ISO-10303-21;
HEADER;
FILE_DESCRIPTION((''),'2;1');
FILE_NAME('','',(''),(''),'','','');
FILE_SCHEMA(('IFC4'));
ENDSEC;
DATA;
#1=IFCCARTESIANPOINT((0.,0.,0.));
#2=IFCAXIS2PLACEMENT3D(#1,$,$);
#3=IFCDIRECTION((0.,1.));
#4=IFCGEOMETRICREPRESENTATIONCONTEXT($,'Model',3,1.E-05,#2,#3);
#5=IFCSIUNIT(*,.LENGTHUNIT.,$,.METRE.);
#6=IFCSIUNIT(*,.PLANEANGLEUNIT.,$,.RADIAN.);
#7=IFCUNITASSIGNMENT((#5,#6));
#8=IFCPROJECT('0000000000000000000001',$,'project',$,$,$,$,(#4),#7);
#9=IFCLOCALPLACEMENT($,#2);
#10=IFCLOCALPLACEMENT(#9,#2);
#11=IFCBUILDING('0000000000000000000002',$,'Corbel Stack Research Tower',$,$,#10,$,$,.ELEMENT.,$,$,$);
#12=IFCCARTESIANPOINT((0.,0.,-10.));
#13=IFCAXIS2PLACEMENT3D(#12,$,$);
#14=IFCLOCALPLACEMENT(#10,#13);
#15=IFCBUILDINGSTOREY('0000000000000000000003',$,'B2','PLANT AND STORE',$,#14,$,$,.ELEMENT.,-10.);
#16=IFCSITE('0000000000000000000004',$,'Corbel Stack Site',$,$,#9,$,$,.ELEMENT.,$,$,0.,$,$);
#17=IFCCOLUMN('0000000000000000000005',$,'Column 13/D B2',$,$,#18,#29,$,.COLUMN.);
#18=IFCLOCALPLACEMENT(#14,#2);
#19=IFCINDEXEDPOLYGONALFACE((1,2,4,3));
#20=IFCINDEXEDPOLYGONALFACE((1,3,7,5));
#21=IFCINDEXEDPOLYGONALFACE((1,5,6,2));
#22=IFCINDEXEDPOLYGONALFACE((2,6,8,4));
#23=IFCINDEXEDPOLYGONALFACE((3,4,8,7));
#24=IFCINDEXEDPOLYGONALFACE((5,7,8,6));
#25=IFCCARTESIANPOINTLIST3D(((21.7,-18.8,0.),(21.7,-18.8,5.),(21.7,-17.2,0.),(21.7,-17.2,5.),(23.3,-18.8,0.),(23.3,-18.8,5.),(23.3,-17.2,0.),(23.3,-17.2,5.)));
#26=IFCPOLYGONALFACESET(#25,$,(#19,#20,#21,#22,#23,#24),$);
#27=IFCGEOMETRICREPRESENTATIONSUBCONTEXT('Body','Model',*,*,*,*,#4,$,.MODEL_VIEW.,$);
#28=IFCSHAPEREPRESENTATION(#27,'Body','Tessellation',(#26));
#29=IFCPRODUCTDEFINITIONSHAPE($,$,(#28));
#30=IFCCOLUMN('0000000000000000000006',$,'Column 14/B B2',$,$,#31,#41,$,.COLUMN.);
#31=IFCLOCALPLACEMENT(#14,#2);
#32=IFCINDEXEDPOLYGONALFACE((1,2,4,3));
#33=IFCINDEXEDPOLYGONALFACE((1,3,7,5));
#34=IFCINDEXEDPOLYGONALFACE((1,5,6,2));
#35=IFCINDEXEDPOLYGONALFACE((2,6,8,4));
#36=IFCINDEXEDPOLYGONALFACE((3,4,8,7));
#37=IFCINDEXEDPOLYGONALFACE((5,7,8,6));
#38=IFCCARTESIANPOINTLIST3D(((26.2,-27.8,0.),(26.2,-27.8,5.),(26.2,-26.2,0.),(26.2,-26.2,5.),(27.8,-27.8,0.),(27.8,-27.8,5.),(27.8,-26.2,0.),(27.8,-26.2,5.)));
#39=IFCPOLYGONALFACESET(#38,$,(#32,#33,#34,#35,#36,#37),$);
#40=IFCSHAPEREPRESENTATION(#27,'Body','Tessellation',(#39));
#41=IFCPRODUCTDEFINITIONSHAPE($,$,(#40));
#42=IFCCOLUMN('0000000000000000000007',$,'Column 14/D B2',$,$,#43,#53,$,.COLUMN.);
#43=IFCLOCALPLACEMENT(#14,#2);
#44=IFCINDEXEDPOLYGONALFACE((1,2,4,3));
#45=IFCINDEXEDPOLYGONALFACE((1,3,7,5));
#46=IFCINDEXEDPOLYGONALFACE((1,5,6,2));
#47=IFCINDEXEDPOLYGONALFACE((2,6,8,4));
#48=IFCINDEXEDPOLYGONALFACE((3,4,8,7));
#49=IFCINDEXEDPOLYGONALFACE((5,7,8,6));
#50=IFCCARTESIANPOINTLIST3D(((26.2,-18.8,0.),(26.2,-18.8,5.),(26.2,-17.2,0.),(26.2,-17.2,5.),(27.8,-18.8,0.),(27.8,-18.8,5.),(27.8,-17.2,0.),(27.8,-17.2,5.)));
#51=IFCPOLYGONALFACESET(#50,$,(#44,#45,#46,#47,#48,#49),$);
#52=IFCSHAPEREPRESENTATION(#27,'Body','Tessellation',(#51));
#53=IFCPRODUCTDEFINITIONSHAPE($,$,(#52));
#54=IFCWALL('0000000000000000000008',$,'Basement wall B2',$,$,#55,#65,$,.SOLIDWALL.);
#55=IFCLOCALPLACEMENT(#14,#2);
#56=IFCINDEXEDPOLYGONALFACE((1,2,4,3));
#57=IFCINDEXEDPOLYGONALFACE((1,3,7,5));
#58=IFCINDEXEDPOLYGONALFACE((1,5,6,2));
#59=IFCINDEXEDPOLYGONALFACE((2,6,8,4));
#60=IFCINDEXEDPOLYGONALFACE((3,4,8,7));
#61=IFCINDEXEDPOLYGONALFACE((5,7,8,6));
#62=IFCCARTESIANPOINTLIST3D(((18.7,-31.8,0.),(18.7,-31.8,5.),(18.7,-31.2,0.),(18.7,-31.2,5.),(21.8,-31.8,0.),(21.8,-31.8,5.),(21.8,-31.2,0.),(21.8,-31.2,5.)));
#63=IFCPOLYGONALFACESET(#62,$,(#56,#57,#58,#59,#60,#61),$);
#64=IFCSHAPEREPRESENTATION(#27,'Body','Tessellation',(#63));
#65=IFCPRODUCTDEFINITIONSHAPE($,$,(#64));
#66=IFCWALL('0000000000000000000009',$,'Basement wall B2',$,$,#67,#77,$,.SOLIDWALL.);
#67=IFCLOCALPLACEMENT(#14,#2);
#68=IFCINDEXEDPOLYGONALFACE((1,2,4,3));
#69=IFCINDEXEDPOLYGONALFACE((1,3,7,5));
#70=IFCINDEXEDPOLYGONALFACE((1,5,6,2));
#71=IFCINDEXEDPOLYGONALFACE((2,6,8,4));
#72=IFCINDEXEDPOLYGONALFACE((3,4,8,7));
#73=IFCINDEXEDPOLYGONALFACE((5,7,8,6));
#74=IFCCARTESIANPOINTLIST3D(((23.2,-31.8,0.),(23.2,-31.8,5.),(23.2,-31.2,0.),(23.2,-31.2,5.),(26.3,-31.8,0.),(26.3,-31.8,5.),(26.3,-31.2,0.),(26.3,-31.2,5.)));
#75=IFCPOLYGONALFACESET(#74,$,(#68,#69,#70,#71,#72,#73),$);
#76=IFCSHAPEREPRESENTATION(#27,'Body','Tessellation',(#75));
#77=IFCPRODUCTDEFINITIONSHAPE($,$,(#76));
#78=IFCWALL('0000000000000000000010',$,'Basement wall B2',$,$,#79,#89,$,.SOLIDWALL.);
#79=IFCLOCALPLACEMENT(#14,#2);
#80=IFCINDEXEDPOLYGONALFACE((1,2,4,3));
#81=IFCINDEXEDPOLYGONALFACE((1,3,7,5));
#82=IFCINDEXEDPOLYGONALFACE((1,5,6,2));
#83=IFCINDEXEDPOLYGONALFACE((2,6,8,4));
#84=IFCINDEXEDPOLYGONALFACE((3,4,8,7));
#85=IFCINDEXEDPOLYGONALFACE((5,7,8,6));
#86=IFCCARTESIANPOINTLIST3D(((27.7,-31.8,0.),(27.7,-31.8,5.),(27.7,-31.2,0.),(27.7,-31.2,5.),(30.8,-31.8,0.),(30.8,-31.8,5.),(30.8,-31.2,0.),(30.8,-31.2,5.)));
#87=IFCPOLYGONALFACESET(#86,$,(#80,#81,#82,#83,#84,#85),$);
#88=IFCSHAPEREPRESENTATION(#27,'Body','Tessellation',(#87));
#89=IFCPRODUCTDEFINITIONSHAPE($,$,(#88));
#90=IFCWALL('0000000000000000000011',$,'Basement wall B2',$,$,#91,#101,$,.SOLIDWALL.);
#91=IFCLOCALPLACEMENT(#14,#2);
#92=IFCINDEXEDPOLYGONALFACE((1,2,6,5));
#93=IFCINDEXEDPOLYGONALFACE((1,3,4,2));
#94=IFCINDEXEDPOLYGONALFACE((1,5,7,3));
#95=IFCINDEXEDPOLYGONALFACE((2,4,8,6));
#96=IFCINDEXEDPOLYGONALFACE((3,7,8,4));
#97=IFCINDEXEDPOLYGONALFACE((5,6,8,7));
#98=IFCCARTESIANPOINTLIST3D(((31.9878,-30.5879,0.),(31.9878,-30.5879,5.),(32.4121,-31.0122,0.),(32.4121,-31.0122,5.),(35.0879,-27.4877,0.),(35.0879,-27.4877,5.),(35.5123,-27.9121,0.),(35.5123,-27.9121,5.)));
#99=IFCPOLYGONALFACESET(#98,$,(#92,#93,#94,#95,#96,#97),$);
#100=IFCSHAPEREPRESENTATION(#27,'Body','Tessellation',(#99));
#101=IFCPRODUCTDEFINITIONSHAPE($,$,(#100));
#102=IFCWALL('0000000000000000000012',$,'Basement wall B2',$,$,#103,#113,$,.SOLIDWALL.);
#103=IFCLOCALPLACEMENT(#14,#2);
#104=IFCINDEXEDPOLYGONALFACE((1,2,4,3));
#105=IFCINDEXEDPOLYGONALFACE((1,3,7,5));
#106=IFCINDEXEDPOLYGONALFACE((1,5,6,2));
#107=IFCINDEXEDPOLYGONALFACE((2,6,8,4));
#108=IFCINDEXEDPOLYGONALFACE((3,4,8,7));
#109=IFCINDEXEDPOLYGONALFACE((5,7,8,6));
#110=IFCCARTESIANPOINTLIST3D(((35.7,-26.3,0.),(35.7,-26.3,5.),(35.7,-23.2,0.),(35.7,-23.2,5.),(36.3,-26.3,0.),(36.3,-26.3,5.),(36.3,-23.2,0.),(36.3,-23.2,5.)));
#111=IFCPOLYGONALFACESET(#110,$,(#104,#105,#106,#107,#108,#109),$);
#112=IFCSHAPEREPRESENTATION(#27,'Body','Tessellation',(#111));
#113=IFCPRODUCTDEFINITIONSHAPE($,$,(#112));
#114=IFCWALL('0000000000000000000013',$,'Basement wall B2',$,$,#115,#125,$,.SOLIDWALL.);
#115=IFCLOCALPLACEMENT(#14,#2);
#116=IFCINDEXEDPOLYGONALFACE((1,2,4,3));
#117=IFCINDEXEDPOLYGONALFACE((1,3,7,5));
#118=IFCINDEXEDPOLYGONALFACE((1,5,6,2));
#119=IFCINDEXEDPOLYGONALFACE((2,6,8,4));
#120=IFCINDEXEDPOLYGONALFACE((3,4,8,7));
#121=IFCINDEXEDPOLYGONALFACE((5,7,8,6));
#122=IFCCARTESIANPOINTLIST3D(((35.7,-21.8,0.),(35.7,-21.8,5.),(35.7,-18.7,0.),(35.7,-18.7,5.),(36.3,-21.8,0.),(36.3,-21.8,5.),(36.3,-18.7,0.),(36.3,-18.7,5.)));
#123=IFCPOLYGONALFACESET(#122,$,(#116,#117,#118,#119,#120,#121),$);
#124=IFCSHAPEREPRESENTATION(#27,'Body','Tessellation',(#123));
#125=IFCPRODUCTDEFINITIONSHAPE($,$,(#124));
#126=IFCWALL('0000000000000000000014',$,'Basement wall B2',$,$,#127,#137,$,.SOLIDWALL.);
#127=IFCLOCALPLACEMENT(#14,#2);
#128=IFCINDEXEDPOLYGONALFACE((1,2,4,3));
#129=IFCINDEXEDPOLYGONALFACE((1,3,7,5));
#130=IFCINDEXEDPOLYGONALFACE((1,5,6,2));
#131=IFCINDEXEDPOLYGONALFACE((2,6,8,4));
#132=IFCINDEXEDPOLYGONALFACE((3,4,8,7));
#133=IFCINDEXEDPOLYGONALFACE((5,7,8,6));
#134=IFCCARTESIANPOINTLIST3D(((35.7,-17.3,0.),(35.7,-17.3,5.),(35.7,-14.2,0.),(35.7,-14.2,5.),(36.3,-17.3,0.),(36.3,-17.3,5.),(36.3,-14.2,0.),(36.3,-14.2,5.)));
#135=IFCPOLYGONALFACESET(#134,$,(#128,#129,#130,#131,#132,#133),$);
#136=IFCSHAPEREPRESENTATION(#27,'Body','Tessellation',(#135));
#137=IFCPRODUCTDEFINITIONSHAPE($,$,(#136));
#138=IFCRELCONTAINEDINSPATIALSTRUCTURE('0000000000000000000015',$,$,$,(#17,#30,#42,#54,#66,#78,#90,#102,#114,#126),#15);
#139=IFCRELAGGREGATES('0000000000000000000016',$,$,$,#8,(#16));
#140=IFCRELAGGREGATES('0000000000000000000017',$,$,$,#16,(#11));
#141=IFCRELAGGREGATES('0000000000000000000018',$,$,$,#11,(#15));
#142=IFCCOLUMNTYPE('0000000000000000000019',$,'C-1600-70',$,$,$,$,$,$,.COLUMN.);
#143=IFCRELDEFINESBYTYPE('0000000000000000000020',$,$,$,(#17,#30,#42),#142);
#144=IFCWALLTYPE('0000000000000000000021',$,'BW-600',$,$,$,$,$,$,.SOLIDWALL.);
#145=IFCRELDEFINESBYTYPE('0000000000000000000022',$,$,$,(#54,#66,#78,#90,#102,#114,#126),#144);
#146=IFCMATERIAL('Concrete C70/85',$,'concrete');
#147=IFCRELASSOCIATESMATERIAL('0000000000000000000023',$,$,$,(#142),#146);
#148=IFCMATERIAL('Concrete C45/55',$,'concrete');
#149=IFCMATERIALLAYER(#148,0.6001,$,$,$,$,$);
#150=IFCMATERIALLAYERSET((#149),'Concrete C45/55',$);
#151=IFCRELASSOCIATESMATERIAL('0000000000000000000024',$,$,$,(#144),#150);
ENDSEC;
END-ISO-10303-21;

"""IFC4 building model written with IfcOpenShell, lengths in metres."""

from ifc_helpers import new_model, si_unit, direction, frame, frame_2d, origin, origin_2d, place, context, subcontext, project, spatial, rectangle, extrude, material, layer, layer_set, material_profile, profile_set, type_object, element, save


model = new_model("IFC4")

# Units and contexts
model_context = context("Model", 3, precision=1e-05, world=origin(), true_north=direction((0.0, 1.0)))
body_context = subcontext(model_context, "Body", "Model", "MODEL_VIEW")
ifc_project = project(units=[si_unit("LENGTHUNIT", "METRE"), si_unit("PLANEANGLEUNIT", "RADIAN")], contexts=[model_context])

# Site, building, storey
site_placement = place(None, origin())
site = spatial("IfcSite", under=ifc_project, at=site_placement, Name="Corbel Stack Site", CompositionType="ELEMENT", RefElevation=0.0)
building_placement = place(site_placement, origin())
building = spatial("IfcBuilding", under=site, at=building_placement, Name="Corbel Stack Research Tower", CompositionType="ELEMENT")
storey_placement = place(building_placement, frame((0.0, 0.0, -10.0)))
storey = spatial("IfcBuildingStorey", under=building, at=storey_placement, Name="B2", Description="PLANT AND STORE", CompositionType="ELEMENT", Elevation=-10.0)

# Columns
ifc_material_1 = material(Name="Concrete C70/85", Category="concrete")
ifc_material_profile_1 = material_profile(ifc_material_1, rectangle(XDim=1.6001, YDim=1.6001, at=origin_2d()), Name="RC 1600 x 1600")
ifc_profile_set_1 = profile_set([ifc_material_profile_1], Name="Concrete C70/85")
column_type_1 = type_object("IfcColumnType", Name="C-1600-70", PredefinedType="COLUMN", material=ifc_profile_set_1)
for number, where, z_axis, x_axis, name in (
    (1, (22.5, -18.0, 0.0), (0.0, 0.0, 1.0), (1.0, 0.0, 0.0), "Column 13/D B2"),
    (2, (27.0, -27.0, 0.0), (0.0, 0.0, 1.0), (1.0, 0.0, 0.0), "Column 14/B B2"),
    (3, (27.0, -18.0, 0.0), (0.0, 0.0, 1.0), (1.0, 0.0, 0.0), "Column 14/D B2"),
):
    element("IfcColumn", number, at=place(storey_placement, frame(where, z_axis=z_axis, x_axis=x_axis)), inside=storey, type_object=column_type_1, Name=name, PredefinedType="COLUMN", context=body_context, shape_type="SweptSolid", body=[
        extrude(rectangle(XDim=1.6001, YDim=1.6001, at=origin_2d()), origin(), (0.0, 0.0, 1.0), 5.0),
    ])

# Walls
ifc_material_2 = material(Name="Concrete C45/55", Category="concrete")
ifc_layer = layer(ifc_material_2, 0.6001)
ifc_layer_set = layer_set([ifc_layer], Name="Concrete C45/55")
wall_type = type_object("IfcWallType", Name="BW-600", PredefinedType="SOLIDWALL", material=ifc_layer_set)
for number, where, z_axis, x_axis, name in (
    (4, (18.7, -31.5, 0.0), (0.0, 0.0, 1.0), (1.0, 0.0, 0.0), "Basement wall B2"),
    (5, (23.2, -31.5, 0.0), (0.0, 0.0, 1.0), (1.0, 0.0, 0.0), "Basement wall B2"),
    (6, (27.7, -31.5, 0.0), (0.0, 0.0, 1.0), (1.0, 0.0, 0.0), "Basement wall B2"),
):
    element("IfcWall", number, at=place(storey_placement, frame(where, z_axis=z_axis, x_axis=x_axis)), inside=storey, type_object=wall_type, Name=name, PredefinedType="SOLIDWALL", context=body_context, shape_type="SweptSolid", body=[
        extrude(rectangle(XDim=3.1001, YDim=0.6001, at=frame_2d((1.55, 0.0))), origin(), (0.0, 0.0, 1.0), 5.0),
    ])
wall_placement = place(storey_placement, frame((32.2, -30.8, 0.0), z_axis=(0.0, 0.0, 1.0), x_axis=(0.707107, 0.707107, 0.0)))
element("IfcWall", 7, at=wall_placement, inside=storey, type_object=wall_type, Name="Basement wall B2", PredefinedType="SOLIDWALL", context=body_context, shape_type="SweptSolid", body=[
    extrude(rectangle(XDim=4.3843, YDim=0.6001, at=frame_2d((2.1921, 0.0))), origin(), (0.0, 0.0, 1.0), 5.0),
])
for number, where, z_axis, x_axis, name in (
    (8, (36.0, -26.3, 0.0), (0.0, 0.0, 1.0), (0.0, 1.0, 0.0), "Basement wall B2"),
    (9, (36.0, -21.8, 0.0), (0.0, 0.0, 1.0), (0.0, 1.0, 0.0), "Basement wall B2"),
    (10, (36.0, -17.3, 0.0), (0.0, 0.0, 1.0), (0.0, 1.0, 0.0), "Basement wall B2"),
):
    element("IfcWall", number, at=place(storey_placement, frame(where, z_axis=z_axis, x_axis=x_axis)), inside=storey, type_object=wall_type, Name=name, PredefinedType="SOLIDWALL", context=body_context, shape_type="SweptSolid", body=[
        extrude(rectangle(XDim=3.1001, YDim=0.6001, at=frame_2d((1.55, 0.0))), origin(), (0.0, 0.0, 1.0), 5.0),
    ])

save(model, "model.ifc")
